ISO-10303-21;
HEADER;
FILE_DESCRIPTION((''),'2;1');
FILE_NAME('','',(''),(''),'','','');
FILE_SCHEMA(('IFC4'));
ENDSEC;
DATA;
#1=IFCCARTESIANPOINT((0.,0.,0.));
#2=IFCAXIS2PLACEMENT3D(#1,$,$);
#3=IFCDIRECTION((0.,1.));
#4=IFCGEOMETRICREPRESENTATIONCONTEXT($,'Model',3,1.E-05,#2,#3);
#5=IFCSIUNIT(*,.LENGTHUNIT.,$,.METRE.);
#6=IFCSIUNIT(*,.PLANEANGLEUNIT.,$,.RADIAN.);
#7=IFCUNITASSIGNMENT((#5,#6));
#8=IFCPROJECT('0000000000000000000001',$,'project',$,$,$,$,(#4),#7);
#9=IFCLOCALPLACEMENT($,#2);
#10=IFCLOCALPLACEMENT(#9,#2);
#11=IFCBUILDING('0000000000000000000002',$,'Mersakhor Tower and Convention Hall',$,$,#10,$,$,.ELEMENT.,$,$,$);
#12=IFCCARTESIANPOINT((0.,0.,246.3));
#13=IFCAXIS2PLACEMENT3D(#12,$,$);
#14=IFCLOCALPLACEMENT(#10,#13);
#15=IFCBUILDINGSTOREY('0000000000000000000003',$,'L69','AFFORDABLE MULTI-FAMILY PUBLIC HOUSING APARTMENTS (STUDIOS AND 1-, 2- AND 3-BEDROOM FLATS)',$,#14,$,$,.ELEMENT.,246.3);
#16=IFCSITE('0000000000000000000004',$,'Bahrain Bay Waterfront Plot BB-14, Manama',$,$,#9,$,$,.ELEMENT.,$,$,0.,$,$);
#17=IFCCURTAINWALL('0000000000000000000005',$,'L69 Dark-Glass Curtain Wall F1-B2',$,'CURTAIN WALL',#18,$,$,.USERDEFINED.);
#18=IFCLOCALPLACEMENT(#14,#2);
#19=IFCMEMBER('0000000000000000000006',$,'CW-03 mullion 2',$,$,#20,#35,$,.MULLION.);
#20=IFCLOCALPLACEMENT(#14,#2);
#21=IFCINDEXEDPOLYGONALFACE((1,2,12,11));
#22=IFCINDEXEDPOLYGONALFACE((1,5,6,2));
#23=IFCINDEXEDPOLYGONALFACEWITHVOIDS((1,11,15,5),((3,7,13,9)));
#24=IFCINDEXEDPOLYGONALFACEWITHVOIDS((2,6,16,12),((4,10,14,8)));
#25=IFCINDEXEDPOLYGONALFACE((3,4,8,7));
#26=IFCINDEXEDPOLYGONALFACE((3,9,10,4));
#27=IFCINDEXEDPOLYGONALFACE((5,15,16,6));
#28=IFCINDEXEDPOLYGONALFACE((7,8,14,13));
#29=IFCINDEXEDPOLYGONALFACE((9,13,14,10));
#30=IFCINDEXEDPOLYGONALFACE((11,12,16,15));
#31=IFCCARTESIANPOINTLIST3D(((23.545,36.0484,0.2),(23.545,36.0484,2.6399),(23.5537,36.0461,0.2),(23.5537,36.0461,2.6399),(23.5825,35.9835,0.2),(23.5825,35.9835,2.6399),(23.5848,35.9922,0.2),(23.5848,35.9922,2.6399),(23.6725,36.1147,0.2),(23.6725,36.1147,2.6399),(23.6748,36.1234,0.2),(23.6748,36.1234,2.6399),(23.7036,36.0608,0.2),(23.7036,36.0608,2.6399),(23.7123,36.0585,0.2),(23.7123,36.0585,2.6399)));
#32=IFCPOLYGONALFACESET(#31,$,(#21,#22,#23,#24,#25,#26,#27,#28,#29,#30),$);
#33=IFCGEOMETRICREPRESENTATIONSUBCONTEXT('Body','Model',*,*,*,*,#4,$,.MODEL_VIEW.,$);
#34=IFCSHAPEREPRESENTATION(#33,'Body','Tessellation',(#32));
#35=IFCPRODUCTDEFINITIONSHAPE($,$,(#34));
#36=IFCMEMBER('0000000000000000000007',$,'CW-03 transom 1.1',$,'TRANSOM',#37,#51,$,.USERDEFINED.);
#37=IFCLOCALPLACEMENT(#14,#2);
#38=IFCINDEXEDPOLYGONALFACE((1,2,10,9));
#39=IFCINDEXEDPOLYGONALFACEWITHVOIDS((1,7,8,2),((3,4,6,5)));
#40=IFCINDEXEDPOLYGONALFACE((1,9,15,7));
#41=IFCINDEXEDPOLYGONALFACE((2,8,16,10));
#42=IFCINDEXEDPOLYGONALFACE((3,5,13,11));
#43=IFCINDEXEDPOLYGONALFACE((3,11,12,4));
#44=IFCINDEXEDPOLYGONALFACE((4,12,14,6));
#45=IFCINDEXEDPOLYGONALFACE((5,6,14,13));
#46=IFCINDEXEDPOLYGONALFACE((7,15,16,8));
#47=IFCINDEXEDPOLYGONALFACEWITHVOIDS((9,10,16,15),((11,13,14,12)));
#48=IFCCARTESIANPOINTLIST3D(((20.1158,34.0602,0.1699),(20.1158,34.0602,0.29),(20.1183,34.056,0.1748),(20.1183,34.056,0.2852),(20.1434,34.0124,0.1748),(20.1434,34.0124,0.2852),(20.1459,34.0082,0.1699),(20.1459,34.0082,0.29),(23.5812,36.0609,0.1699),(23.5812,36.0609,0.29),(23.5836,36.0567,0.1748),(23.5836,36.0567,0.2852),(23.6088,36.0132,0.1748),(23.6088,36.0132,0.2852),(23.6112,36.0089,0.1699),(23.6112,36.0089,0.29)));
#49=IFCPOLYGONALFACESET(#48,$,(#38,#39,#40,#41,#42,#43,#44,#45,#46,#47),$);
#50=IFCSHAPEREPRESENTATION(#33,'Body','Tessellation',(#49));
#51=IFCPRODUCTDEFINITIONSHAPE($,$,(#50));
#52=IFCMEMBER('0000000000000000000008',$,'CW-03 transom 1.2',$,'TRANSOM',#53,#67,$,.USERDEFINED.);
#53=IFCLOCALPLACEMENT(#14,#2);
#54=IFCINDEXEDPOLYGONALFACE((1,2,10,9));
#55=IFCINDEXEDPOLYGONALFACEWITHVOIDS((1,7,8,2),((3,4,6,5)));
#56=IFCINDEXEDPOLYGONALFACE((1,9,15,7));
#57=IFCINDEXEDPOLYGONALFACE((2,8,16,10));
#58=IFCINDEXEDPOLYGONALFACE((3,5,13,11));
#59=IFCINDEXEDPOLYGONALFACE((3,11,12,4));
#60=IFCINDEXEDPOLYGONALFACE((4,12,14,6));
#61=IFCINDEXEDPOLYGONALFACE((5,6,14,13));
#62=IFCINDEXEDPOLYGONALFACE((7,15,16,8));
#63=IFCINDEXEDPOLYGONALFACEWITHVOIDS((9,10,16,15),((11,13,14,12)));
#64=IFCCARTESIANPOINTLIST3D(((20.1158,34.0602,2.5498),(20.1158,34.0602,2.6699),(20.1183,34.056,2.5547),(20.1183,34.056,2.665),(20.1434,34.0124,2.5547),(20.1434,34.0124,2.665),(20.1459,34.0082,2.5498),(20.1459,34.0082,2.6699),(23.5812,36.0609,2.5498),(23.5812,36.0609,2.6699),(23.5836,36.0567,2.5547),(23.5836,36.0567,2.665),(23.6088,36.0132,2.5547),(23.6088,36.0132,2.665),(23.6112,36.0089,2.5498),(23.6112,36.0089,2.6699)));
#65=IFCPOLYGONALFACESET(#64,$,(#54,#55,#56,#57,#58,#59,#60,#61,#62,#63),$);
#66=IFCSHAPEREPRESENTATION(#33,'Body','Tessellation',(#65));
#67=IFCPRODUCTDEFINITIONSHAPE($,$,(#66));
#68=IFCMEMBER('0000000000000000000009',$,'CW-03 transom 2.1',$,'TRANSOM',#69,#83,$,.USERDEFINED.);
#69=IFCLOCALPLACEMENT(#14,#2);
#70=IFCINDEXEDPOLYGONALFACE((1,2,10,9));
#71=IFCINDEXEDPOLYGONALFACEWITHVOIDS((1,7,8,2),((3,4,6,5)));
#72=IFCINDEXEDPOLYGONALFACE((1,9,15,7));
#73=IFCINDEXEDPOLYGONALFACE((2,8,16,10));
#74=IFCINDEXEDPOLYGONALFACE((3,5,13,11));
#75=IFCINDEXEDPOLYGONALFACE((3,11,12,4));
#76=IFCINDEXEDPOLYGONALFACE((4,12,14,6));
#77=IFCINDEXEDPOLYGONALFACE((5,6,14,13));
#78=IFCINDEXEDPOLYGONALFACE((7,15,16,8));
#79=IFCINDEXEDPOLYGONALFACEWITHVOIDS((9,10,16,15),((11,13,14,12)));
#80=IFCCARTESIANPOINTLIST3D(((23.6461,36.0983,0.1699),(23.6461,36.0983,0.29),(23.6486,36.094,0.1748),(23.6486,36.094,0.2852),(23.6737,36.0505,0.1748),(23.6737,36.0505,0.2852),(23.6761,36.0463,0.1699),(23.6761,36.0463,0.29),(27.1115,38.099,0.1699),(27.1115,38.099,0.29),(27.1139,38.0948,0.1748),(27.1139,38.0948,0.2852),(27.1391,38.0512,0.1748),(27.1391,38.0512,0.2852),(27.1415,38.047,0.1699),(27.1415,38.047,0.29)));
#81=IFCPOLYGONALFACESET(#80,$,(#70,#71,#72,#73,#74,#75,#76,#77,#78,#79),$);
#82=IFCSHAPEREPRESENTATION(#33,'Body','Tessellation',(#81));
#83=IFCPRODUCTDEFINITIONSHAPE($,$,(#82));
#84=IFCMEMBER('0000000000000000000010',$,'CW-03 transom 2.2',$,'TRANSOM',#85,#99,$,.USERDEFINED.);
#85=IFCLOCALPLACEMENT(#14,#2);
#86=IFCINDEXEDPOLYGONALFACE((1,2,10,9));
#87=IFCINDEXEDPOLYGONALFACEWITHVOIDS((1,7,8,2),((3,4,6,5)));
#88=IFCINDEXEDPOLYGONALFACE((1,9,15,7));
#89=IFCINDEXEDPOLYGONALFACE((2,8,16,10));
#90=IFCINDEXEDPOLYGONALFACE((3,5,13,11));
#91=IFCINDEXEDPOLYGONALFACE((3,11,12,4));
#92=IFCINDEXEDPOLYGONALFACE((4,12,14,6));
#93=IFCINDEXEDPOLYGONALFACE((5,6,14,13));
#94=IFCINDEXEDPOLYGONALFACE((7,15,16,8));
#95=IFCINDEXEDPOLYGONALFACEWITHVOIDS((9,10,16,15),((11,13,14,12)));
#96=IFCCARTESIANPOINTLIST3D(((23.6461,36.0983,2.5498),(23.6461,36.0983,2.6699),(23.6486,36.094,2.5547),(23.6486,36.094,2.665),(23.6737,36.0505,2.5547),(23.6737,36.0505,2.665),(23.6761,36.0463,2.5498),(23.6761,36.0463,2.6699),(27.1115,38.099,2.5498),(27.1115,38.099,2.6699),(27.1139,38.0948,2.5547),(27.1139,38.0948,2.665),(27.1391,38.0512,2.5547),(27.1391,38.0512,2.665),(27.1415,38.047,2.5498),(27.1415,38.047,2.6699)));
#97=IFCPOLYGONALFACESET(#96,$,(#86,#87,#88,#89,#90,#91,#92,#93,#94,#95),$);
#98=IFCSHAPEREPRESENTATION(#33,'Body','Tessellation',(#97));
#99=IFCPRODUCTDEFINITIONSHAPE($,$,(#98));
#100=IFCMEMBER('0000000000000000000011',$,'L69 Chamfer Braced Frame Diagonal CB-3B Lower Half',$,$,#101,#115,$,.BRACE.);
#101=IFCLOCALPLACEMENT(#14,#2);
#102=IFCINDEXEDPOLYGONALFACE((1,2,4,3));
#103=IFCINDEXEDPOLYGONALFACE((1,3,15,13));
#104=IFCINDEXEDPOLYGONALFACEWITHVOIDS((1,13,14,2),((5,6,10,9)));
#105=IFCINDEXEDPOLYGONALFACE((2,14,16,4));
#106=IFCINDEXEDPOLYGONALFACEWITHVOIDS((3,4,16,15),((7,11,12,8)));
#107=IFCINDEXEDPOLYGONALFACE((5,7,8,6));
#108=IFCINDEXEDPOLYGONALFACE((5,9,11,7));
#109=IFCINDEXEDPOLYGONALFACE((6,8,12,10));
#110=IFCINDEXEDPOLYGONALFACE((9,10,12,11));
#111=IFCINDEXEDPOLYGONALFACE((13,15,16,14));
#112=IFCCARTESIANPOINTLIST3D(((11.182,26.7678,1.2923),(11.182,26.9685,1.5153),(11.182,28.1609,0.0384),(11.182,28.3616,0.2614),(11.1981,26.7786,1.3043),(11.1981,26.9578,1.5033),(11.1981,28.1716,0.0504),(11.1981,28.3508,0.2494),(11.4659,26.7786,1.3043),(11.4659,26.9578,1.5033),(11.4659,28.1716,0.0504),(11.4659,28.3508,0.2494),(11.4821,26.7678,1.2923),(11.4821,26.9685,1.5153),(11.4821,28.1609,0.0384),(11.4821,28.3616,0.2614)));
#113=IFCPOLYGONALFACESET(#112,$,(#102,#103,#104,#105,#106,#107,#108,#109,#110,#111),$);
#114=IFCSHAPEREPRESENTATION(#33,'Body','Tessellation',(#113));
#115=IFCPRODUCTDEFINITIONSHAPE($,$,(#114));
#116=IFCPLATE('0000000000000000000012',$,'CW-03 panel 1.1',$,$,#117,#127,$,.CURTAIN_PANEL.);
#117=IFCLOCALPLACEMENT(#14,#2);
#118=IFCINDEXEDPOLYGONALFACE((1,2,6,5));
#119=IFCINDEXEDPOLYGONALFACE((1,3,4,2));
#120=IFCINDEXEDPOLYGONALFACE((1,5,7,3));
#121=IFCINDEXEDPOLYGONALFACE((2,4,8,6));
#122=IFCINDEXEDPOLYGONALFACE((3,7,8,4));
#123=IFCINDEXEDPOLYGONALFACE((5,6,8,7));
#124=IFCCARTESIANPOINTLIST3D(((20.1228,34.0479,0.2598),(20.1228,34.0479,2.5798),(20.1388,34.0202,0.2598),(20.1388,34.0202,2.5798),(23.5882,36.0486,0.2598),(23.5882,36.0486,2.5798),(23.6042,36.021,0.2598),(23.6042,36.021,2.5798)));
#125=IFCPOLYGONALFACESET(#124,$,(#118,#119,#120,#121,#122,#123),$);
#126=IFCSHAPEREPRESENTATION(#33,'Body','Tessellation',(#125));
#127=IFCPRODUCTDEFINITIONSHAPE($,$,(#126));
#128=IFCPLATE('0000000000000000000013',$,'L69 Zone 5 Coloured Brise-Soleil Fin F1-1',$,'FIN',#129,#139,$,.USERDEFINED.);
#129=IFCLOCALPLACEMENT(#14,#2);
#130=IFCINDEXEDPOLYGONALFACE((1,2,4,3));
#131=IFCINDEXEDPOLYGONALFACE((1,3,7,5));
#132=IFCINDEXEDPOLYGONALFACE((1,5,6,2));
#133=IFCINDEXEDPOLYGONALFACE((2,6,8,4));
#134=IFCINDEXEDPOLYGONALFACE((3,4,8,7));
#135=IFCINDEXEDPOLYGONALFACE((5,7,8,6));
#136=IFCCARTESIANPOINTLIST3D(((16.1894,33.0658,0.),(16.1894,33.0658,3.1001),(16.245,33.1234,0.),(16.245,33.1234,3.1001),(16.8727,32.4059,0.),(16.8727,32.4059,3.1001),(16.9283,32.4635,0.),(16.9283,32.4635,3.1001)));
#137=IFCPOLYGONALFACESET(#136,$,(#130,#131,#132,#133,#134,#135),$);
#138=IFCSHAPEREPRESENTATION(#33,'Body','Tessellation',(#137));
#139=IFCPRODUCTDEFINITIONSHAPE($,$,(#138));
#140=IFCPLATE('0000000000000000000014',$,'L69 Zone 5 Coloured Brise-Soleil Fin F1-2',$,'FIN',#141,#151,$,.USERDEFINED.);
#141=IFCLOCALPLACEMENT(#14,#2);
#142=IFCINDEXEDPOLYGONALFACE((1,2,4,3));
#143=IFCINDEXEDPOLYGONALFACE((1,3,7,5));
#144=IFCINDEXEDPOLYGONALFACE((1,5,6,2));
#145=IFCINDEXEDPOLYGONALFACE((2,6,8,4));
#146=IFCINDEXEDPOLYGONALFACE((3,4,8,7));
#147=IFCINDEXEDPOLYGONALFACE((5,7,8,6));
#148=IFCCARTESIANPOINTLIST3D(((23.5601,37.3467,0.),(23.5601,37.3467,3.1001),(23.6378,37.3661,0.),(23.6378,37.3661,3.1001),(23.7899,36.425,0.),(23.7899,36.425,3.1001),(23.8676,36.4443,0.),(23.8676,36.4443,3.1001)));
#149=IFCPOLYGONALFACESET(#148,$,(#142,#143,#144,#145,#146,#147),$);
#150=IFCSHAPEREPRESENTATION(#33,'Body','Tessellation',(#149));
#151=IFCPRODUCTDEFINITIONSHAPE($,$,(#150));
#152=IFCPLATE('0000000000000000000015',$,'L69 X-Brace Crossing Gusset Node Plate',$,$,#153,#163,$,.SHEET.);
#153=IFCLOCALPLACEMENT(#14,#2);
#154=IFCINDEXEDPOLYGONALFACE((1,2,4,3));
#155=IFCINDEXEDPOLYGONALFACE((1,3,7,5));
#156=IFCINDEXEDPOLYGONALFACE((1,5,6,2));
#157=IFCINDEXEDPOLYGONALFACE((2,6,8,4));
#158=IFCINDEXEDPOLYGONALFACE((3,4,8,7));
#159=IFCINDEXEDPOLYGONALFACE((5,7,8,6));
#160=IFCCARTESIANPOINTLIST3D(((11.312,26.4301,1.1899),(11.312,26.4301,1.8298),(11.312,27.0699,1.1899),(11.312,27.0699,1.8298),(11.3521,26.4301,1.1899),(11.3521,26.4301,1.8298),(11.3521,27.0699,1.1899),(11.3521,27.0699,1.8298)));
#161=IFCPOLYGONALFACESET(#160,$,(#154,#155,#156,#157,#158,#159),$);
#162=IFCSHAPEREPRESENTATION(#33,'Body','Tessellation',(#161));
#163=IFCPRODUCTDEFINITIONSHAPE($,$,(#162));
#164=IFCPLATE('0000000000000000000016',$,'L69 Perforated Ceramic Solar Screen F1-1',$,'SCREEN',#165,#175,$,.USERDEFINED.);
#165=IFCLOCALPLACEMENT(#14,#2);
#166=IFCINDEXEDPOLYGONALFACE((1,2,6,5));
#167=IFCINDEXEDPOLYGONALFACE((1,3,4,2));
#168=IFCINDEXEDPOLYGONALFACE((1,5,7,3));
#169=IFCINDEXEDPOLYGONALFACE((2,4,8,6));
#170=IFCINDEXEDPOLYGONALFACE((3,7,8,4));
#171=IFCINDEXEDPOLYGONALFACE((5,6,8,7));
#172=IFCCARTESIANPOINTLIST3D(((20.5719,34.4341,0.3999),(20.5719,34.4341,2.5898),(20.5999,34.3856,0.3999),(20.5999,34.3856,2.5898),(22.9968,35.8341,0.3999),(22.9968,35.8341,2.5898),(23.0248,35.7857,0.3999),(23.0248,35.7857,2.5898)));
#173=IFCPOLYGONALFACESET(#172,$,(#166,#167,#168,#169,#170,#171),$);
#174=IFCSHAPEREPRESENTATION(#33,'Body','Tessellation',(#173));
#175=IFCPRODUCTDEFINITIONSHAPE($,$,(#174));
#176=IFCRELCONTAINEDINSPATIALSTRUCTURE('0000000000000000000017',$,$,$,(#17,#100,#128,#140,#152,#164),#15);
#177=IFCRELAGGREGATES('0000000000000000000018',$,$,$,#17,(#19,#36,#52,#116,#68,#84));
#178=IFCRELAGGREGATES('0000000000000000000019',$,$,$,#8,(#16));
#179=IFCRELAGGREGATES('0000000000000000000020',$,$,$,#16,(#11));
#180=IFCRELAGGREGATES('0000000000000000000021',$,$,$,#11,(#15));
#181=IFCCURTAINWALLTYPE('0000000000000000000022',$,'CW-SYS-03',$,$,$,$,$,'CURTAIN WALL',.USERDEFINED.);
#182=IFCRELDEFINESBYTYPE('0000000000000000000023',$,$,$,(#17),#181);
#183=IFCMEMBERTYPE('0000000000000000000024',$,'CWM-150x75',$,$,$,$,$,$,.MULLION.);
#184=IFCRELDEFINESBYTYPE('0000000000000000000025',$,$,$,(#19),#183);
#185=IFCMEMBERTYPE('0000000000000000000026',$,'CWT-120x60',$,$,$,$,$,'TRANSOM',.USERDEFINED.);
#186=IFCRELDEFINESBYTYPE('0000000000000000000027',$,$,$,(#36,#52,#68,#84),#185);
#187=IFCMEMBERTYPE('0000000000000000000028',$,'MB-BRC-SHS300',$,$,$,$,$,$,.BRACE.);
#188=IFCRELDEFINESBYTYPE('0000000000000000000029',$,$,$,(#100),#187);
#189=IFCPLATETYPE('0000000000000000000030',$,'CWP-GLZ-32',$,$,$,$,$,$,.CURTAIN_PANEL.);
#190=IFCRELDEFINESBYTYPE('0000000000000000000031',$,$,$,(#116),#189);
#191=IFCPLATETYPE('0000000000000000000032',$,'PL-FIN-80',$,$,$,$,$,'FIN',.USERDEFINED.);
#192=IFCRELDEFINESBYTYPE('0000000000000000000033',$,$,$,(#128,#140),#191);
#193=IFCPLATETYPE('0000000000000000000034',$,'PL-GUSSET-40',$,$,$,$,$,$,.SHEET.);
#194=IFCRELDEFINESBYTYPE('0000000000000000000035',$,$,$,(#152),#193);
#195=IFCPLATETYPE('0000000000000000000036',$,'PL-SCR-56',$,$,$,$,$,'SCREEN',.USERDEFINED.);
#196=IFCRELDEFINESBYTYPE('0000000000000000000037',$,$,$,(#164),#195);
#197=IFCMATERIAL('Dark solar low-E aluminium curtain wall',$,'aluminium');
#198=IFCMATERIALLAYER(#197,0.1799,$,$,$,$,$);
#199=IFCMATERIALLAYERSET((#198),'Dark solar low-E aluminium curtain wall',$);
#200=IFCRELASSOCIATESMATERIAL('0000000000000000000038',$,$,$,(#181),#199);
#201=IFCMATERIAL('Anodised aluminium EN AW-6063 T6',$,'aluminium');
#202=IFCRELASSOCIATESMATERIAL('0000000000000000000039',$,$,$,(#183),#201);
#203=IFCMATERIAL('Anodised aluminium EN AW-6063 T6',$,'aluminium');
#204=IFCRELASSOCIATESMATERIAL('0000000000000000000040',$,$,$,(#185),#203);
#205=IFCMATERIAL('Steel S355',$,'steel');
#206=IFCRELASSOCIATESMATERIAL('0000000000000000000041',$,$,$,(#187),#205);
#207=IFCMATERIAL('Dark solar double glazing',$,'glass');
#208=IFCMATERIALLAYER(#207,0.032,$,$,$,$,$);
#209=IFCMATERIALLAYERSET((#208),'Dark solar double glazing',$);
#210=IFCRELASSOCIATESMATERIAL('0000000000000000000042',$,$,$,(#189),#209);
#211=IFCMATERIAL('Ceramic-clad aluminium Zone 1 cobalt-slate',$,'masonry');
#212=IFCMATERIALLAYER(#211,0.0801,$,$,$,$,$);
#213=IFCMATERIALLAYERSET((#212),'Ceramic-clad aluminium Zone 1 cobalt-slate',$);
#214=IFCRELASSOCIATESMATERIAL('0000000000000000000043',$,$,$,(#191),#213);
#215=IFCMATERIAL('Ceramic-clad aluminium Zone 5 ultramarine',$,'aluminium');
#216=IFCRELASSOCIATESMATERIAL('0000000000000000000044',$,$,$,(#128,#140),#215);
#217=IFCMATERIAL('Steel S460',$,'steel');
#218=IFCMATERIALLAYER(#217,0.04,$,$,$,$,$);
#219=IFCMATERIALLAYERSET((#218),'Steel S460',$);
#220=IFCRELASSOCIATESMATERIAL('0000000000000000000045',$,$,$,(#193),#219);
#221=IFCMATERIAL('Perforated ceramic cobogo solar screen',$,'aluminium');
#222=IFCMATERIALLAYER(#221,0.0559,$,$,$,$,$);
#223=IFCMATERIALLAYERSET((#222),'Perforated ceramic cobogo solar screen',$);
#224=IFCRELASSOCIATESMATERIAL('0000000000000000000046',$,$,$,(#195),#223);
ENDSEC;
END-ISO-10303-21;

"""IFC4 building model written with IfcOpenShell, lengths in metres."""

from ifc_helpers import new_model, si_unit, direction, frame, origin, origin_2d, place, context, subcontext, project, spatial, rectangle, hollow_rectangle, extrude, material, layer, layer_set, material_profile, profile_set, type_object, element, aggregate, save


model = new_model("IFC4")

# Units and contexts
model_context = context("Model", 3, precision=1e-05, world=origin(), true_north=direction((0.0, 1.0)))
body_context = subcontext(model_context, "Body", "Model", "MODEL_VIEW")
ifc_project = project(units=[si_unit("LENGTHUNIT", "METRE"), si_unit("PLANEANGLEUNIT", "RADIAN")], contexts=[model_context])

# Site, building, storey
site_placement = place(None, origin())
site = spatial("IfcSite", under=ifc_project, at=site_placement, Name="Bahrain Bay Waterfront Plot BB-14, Manama", CompositionType="ELEMENT", RefElevation=0.0)
building_placement = place(site_placement, origin())
building = spatial("IfcBuilding", under=site, at=building_placement, Name="Mersakhor Tower and Convention Hall", CompositionType="ELEMENT")
storey_placement = place(building_placement, frame((0.0, 0.0, 246.3)))
storey = spatial("IfcBuildingStorey", under=building, at=storey_placement, Name="L69", Description="AFFORDABLE MULTI-FAMILY PUBLIC HOUSING APARTMENTS (STUDIOS AND 1-, 2- AND 3-BEDROOM FLATS)", CompositionType="ELEMENT", Elevation=246.3)

# Curtain wall, members
ifc_material_1 = material(Name="Dark solar low-E aluminium curtain wall", Category="aluminium")
ifc_layer_1 = layer(ifc_material_1, 0.1799)
ifc_layer_set_1 = layer_set([ifc_layer_1], Name="Dark solar low-E aluminium curtain wall")
curtain_wall_type = type_object("IfcCurtainWallType", Name="CW-SYS-03", ElementType="CURTAIN WALL", PredefinedType="USERDEFINED", material=ifc_layer_set_1)
curtain_wall_placement = place(storey_placement, origin())
curtain_wall = element("IfcCurtainWall", 1, at=curtain_wall_placement, inside=storey, type_object=curtain_wall_type, Name="L69 Dark-Glass Curtain Wall F1-B2", ObjectType="CURTAIN WALL", PredefinedType="USERDEFINED")
ifc_material_2 = material(Name="Anodised aluminium EN AW-6063 T6", Category="aluminium")
ifc_material_profile_1 = material_profile(ifc_material_2, hollow_rectangle(XDim=0.075, YDim=0.1499, WallThickness=0.0063, at=origin_2d()), Name="RHS 150x75x6.3")
ifc_profile_set_1 = profile_set([ifc_material_profile_1], Name="Anodised aluminium EN AW-6063 T6")
member_type_1 = type_object("IfcMemberType", Name="CWM-150x75", PredefinedType="MULLION", material=ifc_profile_set_1)
member_1_placement = place(storey_placement, frame((23.6287, 36.0535, 0.2), z_axis=(0.0, 0.0, 1.0), x_axis=(-0.500004, 0.866023, 0.0)))
member_1 = element("IfcMember", 2, at=member_1_placement, type_object=member_type_1, Name="CW-03 mullion 2", PredefinedType="MULLION", context=body_context, shape_type="SweptSolid", body=[
    extrude(hollow_rectangle(XDim=0.075, YDim=0.1499, WallThickness=0.0063, at=origin_2d()), origin(), (0.0, 0.0, 1.0), 2.4399),
])
ifc_material_3 = material(Name="Anodised aluminium EN AW-6063 T6", Category="aluminium")
ifc_material_profile_2 = material_profile(ifc_material_3, hollow_rectangle(XDim=0.0601, YDim=0.1201, WallThickness=0.0049, at=origin_2d()), Name="RHS 120x60x5")
ifc_profile_set_2 = profile_set([ifc_material_profile_2], Name="Anodised aluminium EN AW-6063 T6")
member_type_2 = type_object("IfcMemberType", Name="CWT-120x60", ElementType="TRANSOM", PredefinedType="USERDEFINED", material=ifc_profile_set_2)
member_2_placement = place(storey_placement, frame((20.1309, 34.0342, 0.23), z_axis=(0.866023, 0.500004, 0.0), x_axis=(-0.500004, 0.866023, 0.0)))
member_2 = element("IfcMember", 3, at=member_2_placement, type_object=member_type_2, Name="CW-03 transom 1.1", ObjectType="TRANSOM", PredefinedType="USERDEFINED", context=body_context, shape_type="SweptSolid", body=[
    extrude(hollow_rectangle(XDim=0.0601, YDim=0.1201, WallThickness=0.0049, at=origin_2d()), origin(), (0.0, 0.0, 1.0), 4.0015),
])
member_3_placement = place(storey_placement, frame((20.1309, 34.0342, 2.6099), z_axis=(0.866023, 0.500004, 0.0), x_axis=(-0.500004, 0.866023, 0.0)))
member_3 = element("IfcMember", 4, at=member_3_placement, type_object=member_type_2, Name="CW-03 transom 1.2", ObjectType="TRANSOM", PredefinedType="USERDEFINED", context=body_context, shape_type="SweptSolid", body=[
    extrude(hollow_rectangle(XDim=0.0601, YDim=0.1201, WallThickness=0.0049, at=origin_2d()), origin(), (0.0, 0.0, 1.0), 4.0015),
])
member_4_placement = place(storey_placement, frame((23.6611, 36.0723, 0.23), z_axis=(0.866023, 0.500004, 0.0), x_axis=(-0.500004, 0.866023, 0.0)))
member_4 = element("IfcMember", 5, at=member_4_placement, type_object=member_type_2, Name="CW-03 transom 2.1", ObjectType="TRANSOM", PredefinedType="USERDEFINED", context=body_context, shape_type="SweptSolid", body=[
    extrude(hollow_rectangle(XDim=0.0601, YDim=0.1201, WallThickness=0.0049, at=origin_2d()), origin(), (0.0, 0.0, 1.0), 4.0015),
])
member_5_placement = place(storey_placement, frame((23.6611, 36.0723, 2.6099), z_axis=(0.866023, 0.500004, 0.0), x_axis=(-0.500004, 0.866023, 0.0)))
member_5 = element("IfcMember", 6, at=member_5_placement, type_object=member_type_2, Name="CW-03 transom 2.2", ObjectType="TRANSOM", PredefinedType="USERDEFINED", context=body_context, shape_type="SweptSolid", body=[
    extrude(hollow_rectangle(XDim=0.0601, YDim=0.1201, WallThickness=0.0049, at=origin_2d()), origin(), (0.0, 0.0, 1.0), 4.0015),
])

# Member
ifc_material_4 = material(Name="Steel S355", Category="steel")
ifc_material_profile_3 = material_profile(ifc_material_4, hollow_rectangle(XDim=0.3, YDim=0.3, WallThickness=0.0161, at=origin_2d()), Name="SHS 300x300x16")
ifc_profile_set_3 = profile_set([ifc_material_profile_3], Name="Steel S355")
member_type_3 = type_object("IfcMemberType", Name="MB-BRC-SHS300", PredefinedType="BRACE", material=ifc_profile_set_3)
member_6_placement = place(storey_placement, frame((11.332, 28.2612, 0.1499), z_axis=(0.0, -0.743255, 0.669008), x_axis=(1.0, 0.0, 0.0)))
element("IfcMember", 7, at=member_6_placement, inside=storey, type_object=member_type_3, Name="L69 Chamfer Braced Frame Diagonal CB-3B Lower Half", PredefinedType="BRACE", context=body_context, shape_type="SweptSolid", body=[
    extrude(hollow_rectangle(XDim=0.3, YDim=0.3, WallThickness=0.0161, at=origin_2d()), origin(), (0.0, 0.0, 1.0), 1.8743),
])

# Plate
ifc_material_5 = material(Name="Dark solar double glazing", Category="glass")
ifc_layer_2 = layer(ifc_material_5, 0.032)
ifc_layer_set_2 = layer_set([ifc_layer_2], Name="Dark solar double glazing")
plate_type_1 = type_object("IfcPlateType", Name="CWP-GLZ-32", PredefinedType="CURTAIN_PANEL", material=ifc_layer_set_2)
plate_1_placement = place(storey_placement, frame((21.8635, 35.0344, 0.2598), z_axis=(0.0, 0.0, 1.0), x_axis=(0.866023, 0.500004, 0.0)))
plate_1 = element("IfcPlate", 8, at=plate_1_placement, type_object=plate_type_1, Name="CW-03 panel 1.1", PredefinedType="CURTAIN_PANEL", context=body_context, shape_type="SweptSolid", body=[
    extrude(rectangle(XDim=4.0015, YDim=0.032, at=origin_2d()), origin(), (0.0, 0.0, 1.0), 2.3201),
])
aggregate(curtain_wall, [member_1, member_2, member_3, plate_1, member_4, member_5])

# Plates
ifc_material_6 = material(Name="Ceramic-clad aluminium Zone 5 ultramarine", Category="aluminium")
ifc_material_7 = material(Name="Ceramic-clad aluminium Zone 1 cobalt-slate", Category="masonry")
ifc_layer_3 = layer(ifc_material_7, 0.0801)
ifc_layer_set_3 = layer_set([ifc_layer_3], Name="Ceramic-clad aluminium Zone 1 cobalt-slate")
plate_type_2 = type_object("IfcPlateType", Name="PL-FIN-80", ElementType="FIN", PredefinedType="USERDEFINED", material=ifc_layer_set_3)
for number, where, z_axis, x_axis, name in (
    (9, (16.5588, 32.7646, 0.0), (0.0, 0.0, 1.0), (-0.71934, 0.694658, 0.0), "L69 Zone 5 Coloured Brise-Soleil Fin F1-1"),
    (10, (23.7139, 36.8955, 0.0), (0.0, 0.0, 1.0), (-0.241922, 0.970296, 0.0), "L69 Zone 5 Coloured Brise-Soleil Fin F1-2"),
):
    element("IfcPlate", number, at=place(storey_placement, frame(where, z_axis=z_axis, x_axis=x_axis)), inside=storey, type_object=plate_type_2, material=ifc_material_6, Name=name, ObjectType="FIN", PredefinedType="USERDEFINED", context=body_context, shape_type="SweptSolid", body=[
        extrude(rectangle(XDim=0.95, YDim=0.0801, at=origin_2d()), origin(), (0.0, 0.0, 1.0), 3.1001),
    ])
ifc_material_8 = material(Name="Steel S460", Category="steel")
ifc_layer_4 = layer(ifc_material_8, 0.04)
ifc_layer_set_4 = layer_set([ifc_layer_4], Name="Steel S460")
plate_type_3 = type_object("IfcPlateType", Name="PL-GUSSET-40", PredefinedType="SHEET", material=ifc_layer_set_4)
plate_2_placement = place(storey_placement, frame((11.332, 26.75, 1.1899), z_axis=(0.0, 0.0, 1.0), x_axis=(0.0, -1.0, 0.0)))
element("IfcPlate", 11, at=plate_2_placement, inside=storey, type_object=plate_type_3, Name="L69 X-Brace Crossing Gusset Node Plate", PredefinedType="SHEET", context=body_context, shape_type="SweptSolid", body=[
    extrude(rectangle(XDim=0.6399, YDim=0.04, at=origin_2d()), origin(), (0.0, 0.0, 1.0), 0.6399),
])
ifc_material_9 = material(Name="Perforated ceramic cobogo solar screen", Category="aluminium")
ifc_layer_5 = layer(ifc_material_9, 0.0559)
ifc_layer_set_5 = layer_set([ifc_layer_5], Name="Perforated ceramic cobogo solar screen")
plate_type_4 = type_object("IfcPlateType", Name="PL-SCR-56", ElementType="SCREEN", PredefinedType="USERDEFINED", material=ifc_layer_set_5)
plate_3_placement = place(storey_placement, frame((21.7983, 35.1099, 0.3999), z_axis=(0.0, 0.0, 1.0), x_axis=(0.866025, 0.5, 0.0)))
element("IfcPlate", 12, at=plate_3_placement, inside=storey, type_object=plate_type_4, Name="L69 Perforated Ceramic Solar Screen F1-1", ObjectType="SCREEN", PredefinedType="USERDEFINED", context=body_context, shape_type="SweptSolid", body=[
    extrude(rectangle(XDim=2.8, YDim=0.0559, at=origin_2d()), origin(), (0.0, 0.0, 1.0), 2.1899),
])

save(model, "model.ifc")
